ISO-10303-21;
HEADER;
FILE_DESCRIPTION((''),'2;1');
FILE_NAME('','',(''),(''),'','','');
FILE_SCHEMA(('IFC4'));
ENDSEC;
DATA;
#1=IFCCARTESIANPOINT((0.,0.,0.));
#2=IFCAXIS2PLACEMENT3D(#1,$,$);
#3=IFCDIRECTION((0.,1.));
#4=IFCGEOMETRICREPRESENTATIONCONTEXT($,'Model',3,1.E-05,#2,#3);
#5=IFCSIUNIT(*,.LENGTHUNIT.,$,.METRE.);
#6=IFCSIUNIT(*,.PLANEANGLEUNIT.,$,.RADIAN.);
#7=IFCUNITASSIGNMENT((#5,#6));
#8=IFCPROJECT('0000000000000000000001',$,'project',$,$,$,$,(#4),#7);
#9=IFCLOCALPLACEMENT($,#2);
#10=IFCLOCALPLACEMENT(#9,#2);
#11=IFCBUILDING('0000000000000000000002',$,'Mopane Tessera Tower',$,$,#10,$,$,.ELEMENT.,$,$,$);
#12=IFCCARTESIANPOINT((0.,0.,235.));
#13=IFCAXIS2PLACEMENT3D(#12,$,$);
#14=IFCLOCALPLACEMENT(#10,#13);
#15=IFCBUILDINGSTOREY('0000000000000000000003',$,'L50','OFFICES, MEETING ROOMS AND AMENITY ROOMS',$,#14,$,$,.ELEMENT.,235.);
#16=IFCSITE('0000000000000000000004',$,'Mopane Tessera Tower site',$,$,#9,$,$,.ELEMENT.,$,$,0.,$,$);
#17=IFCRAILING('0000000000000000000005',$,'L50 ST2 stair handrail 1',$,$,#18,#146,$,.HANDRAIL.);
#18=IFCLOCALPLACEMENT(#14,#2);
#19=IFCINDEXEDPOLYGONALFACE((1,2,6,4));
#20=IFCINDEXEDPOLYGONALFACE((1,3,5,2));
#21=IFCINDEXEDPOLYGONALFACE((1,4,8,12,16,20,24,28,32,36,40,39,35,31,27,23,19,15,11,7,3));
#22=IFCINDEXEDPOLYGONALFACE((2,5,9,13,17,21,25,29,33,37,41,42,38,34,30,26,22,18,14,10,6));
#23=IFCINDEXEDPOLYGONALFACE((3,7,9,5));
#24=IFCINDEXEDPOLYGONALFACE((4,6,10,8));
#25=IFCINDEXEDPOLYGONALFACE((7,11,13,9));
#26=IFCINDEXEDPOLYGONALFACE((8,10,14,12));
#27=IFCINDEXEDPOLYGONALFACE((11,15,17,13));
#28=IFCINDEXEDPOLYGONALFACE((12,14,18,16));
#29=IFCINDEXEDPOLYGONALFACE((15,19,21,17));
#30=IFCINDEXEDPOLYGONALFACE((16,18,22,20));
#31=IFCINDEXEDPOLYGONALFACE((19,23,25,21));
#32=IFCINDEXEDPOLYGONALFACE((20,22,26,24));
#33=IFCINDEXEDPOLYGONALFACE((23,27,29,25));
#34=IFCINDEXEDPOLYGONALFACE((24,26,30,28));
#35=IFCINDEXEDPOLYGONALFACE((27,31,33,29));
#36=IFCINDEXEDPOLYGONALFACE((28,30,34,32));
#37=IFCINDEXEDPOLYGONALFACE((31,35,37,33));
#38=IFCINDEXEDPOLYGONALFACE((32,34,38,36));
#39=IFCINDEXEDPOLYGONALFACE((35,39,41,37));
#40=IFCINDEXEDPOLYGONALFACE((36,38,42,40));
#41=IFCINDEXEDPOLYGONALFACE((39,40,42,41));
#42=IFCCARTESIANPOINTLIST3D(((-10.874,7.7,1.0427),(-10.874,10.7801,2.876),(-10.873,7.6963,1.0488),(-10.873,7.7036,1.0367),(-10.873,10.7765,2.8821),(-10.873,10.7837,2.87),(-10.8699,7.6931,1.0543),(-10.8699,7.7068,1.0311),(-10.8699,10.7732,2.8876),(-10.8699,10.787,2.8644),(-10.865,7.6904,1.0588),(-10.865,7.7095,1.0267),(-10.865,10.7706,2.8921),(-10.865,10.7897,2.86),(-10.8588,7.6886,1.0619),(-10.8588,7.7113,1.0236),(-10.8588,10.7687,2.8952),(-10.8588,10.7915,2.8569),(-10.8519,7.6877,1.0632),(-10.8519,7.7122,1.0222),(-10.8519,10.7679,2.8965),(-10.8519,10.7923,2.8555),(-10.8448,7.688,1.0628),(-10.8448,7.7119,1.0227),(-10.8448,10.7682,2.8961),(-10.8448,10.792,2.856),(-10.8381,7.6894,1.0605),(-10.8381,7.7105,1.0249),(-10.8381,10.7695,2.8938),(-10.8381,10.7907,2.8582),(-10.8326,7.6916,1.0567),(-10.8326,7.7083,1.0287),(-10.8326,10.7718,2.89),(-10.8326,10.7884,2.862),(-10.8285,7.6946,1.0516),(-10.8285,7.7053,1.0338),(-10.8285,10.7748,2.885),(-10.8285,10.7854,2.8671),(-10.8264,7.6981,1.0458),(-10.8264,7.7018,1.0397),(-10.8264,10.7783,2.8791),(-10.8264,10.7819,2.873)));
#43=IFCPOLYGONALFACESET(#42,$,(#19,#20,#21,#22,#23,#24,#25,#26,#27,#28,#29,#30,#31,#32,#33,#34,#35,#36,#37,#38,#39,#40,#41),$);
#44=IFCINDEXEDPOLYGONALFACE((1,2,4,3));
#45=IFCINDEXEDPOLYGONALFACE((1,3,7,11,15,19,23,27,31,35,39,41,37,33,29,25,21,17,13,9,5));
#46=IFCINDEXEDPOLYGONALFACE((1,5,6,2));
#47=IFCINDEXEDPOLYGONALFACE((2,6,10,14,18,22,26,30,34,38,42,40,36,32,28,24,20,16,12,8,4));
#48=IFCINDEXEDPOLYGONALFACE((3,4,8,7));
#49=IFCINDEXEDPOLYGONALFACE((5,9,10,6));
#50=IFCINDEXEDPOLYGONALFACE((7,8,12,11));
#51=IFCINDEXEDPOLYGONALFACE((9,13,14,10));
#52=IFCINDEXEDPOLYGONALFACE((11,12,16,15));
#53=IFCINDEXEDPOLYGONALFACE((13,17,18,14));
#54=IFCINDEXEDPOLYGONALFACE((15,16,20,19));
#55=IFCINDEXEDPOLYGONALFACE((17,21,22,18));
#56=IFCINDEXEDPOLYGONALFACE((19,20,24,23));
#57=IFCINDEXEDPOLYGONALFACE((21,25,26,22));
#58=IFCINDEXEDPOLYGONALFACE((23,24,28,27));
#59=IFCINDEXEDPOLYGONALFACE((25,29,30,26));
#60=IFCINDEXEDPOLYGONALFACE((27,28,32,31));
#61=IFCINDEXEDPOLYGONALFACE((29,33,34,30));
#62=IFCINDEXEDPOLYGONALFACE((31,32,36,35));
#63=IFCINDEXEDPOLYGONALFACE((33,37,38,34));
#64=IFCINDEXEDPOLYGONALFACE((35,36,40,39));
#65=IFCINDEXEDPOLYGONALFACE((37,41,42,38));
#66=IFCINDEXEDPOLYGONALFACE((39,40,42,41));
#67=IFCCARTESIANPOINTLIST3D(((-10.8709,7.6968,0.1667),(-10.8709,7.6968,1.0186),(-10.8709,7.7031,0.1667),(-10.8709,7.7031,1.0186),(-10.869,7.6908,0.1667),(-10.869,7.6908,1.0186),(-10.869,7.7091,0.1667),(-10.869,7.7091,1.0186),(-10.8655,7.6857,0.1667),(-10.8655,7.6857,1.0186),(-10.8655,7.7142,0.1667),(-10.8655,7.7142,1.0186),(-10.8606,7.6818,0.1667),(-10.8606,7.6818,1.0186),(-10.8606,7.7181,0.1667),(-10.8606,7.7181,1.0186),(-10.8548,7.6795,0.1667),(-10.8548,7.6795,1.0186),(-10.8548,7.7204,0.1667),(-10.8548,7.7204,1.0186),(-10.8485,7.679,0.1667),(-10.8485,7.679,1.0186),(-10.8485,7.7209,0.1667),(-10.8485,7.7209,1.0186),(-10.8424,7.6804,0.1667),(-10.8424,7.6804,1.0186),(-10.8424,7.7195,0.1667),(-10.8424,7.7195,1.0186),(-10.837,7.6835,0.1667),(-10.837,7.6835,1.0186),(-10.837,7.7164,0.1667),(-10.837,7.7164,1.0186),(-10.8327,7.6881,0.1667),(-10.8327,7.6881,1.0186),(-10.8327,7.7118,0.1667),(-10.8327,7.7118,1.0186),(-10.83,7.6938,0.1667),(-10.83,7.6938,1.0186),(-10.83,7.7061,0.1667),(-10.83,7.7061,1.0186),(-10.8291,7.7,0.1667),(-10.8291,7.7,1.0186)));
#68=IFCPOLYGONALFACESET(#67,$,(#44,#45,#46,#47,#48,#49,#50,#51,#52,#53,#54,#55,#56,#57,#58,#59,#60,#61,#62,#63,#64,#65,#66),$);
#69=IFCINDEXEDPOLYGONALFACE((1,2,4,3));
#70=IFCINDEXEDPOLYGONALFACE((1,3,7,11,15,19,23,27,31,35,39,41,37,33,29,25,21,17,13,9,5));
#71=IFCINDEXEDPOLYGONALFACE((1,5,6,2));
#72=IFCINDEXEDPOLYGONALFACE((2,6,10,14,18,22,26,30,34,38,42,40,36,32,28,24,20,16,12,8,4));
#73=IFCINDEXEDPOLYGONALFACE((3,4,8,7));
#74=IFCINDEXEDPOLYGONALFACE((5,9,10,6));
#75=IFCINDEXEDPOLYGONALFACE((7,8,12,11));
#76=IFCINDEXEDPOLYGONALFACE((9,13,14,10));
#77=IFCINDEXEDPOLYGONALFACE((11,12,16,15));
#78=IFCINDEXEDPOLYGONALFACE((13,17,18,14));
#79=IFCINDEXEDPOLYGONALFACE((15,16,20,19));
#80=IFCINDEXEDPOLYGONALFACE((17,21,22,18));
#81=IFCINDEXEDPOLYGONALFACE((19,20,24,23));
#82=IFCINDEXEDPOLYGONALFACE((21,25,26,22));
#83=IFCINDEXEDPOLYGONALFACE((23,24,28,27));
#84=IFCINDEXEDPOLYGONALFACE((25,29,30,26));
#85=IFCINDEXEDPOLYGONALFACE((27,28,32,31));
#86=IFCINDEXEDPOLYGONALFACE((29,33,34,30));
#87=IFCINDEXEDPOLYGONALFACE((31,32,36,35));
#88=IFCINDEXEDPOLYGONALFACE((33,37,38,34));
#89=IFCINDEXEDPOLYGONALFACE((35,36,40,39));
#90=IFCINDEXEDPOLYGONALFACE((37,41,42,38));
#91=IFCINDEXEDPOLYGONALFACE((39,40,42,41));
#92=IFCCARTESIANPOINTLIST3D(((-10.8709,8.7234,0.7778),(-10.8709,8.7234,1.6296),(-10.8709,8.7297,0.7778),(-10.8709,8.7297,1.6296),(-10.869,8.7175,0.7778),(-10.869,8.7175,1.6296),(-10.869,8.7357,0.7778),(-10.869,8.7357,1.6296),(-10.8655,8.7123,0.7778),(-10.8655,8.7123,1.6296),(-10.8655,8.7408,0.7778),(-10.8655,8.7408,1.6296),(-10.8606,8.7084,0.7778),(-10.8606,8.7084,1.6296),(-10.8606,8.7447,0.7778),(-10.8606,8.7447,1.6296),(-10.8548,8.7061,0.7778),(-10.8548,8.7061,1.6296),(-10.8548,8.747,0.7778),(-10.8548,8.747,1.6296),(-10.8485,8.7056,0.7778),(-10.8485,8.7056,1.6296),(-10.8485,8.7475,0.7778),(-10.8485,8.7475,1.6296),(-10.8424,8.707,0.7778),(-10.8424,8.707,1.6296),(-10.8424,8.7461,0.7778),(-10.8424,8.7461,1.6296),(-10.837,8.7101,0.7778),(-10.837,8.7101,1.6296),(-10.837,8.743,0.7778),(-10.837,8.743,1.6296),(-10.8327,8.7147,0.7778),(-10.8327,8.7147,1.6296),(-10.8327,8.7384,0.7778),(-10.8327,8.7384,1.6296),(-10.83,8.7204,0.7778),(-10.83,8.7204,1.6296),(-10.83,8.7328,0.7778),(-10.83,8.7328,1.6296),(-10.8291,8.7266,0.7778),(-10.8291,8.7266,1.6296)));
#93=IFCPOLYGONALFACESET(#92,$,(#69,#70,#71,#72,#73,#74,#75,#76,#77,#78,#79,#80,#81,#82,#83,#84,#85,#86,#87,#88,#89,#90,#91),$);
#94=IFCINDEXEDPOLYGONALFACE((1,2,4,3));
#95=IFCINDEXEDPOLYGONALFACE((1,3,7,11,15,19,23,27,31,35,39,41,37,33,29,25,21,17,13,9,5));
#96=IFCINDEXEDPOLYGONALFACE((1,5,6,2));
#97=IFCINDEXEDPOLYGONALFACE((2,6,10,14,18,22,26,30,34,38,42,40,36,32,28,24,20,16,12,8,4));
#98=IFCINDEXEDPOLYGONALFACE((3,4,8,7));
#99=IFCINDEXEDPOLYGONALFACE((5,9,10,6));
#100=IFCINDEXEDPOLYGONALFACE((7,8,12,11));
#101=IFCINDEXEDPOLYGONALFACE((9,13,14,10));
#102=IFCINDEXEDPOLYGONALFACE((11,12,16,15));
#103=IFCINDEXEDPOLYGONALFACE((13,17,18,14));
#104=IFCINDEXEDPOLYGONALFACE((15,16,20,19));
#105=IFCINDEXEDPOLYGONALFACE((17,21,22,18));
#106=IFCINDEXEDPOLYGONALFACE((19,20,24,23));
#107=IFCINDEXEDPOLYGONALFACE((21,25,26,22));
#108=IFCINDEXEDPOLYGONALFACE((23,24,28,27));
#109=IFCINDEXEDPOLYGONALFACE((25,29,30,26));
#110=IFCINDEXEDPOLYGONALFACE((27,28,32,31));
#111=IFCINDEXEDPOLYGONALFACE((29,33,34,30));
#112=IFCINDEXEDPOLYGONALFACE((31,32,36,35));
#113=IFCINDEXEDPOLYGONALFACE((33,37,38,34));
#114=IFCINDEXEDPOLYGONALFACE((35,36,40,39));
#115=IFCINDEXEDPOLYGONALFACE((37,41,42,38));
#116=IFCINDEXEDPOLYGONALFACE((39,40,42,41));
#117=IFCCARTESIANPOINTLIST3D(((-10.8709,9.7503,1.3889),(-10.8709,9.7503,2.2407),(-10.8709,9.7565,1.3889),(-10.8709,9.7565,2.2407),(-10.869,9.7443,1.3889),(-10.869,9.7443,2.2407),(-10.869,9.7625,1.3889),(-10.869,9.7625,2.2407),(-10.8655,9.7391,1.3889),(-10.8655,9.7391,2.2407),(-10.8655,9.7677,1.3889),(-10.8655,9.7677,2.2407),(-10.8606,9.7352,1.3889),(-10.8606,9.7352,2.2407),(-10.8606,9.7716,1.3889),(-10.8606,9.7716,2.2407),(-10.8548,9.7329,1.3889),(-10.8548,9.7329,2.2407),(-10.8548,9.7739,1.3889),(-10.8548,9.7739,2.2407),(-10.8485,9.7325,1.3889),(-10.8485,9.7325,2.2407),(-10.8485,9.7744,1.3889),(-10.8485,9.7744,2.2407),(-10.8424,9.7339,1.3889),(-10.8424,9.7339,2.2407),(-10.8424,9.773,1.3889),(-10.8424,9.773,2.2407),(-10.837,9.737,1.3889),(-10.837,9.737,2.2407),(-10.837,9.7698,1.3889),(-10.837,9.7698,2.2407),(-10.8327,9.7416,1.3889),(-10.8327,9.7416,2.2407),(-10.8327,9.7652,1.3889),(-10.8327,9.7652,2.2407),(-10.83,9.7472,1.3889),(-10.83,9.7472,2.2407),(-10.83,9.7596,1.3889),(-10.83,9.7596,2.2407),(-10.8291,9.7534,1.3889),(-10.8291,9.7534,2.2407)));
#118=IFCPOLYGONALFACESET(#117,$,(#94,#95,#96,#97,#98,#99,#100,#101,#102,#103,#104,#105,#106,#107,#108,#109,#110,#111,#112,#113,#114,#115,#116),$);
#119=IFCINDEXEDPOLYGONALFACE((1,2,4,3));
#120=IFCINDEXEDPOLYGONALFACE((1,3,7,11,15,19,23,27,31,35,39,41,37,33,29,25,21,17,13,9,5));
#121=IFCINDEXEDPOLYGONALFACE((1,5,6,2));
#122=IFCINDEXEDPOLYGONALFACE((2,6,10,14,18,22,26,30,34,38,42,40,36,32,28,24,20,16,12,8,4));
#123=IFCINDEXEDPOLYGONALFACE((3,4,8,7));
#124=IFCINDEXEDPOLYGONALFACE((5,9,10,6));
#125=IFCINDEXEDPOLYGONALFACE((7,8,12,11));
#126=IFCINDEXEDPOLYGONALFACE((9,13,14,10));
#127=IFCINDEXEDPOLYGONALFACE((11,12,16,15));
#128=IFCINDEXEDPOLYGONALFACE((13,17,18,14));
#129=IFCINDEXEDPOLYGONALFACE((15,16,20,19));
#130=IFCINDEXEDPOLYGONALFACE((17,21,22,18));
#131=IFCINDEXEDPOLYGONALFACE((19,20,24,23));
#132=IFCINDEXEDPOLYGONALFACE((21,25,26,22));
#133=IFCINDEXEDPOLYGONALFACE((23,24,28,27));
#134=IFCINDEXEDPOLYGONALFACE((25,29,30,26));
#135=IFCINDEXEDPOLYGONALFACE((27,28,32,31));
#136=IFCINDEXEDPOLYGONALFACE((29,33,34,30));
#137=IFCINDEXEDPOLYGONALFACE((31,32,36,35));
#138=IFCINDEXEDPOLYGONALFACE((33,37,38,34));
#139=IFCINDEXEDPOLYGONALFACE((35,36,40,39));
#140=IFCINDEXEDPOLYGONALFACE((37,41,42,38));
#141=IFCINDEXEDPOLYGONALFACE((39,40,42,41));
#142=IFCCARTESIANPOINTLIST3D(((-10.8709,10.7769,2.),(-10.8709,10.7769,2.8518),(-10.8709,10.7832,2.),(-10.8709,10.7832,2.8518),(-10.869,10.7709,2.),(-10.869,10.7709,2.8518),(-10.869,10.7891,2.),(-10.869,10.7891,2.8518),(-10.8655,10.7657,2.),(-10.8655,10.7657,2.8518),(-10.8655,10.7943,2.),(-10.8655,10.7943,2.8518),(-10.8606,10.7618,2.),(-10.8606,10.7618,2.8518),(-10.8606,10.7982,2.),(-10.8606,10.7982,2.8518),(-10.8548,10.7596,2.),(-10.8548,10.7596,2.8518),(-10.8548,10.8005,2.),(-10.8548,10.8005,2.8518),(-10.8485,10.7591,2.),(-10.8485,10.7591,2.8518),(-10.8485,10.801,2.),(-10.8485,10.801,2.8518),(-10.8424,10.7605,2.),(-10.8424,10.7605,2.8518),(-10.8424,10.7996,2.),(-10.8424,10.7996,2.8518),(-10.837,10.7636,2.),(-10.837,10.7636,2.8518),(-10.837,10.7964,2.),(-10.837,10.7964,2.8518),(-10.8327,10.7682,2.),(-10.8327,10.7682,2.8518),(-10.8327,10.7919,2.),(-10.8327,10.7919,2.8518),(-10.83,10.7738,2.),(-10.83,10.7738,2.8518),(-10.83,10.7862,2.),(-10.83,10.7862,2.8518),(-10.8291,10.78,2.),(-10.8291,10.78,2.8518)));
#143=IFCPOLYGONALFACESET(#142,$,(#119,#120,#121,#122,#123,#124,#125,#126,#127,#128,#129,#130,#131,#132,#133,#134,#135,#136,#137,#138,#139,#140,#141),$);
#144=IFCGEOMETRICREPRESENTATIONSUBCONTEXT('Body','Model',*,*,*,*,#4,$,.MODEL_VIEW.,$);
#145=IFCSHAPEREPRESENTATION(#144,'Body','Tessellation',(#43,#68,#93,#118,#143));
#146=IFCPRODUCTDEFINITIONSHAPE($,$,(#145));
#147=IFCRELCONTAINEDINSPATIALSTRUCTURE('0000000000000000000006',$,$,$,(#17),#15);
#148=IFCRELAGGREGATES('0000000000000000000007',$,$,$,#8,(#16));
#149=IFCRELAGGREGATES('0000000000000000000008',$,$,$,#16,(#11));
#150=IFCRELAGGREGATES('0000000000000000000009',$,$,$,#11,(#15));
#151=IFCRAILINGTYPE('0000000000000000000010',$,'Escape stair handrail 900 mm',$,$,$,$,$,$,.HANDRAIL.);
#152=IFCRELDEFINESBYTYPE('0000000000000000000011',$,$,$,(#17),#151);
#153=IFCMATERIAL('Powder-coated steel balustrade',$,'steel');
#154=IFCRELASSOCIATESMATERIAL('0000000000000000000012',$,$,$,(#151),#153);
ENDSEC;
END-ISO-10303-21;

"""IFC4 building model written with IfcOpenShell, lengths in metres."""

from ifc_helpers import new_model, si_unit, direction, frame, origin, origin_2d, place, context, subcontext, project, spatial, circle, extrude, material, type_object, element, save


model = new_model("IFC4")

# Units and contexts
model_context = context("Model", 3, precision=1e-05, world=origin(), true_north=direction((0.0, 1.0)))
body_context = subcontext(model_context, "Body", "Model", "MODEL_VIEW")
ifc_project = project(units=[si_unit("LENGTHUNIT", "METRE"), si_unit("PLANEANGLEUNIT", "RADIAN")], contexts=[model_context])

# Site, building, storey
site_placement = place(None, origin())
site = spatial("IfcSite", under=ifc_project, at=site_placement, Name="Mopane Tessera Tower site", CompositionType="ELEMENT", RefElevation=0.0)
building_placement = place(site_placement, origin())
building = spatial("IfcBuilding", under=site, at=building_placement, Name="Mopane Tessera Tower", CompositionType="ELEMENT")
storey_placement = place(building_placement, frame((0.0, 0.0, 235.0)))
storey = spatial("IfcBuildingStorey", under=building, at=storey_placement, Name="L50", Description="OFFICES, MEETING ROOMS AND AMENITY ROOMS", CompositionType="ELEMENT", Elevation=235.0)

# Railing
ifc_material_1 = material(Name="Powder-coated steel balustrade", Category="steel")
railing_type_1 = type_object("IfcRailingType", Name="Escape stair handrail 900 mm", PredefinedType="HANDRAIL", material=ifc_material_1)
railing_1_placement = place(storey_placement, frame((-10.8501, 7.7, 0.1667)))
element("IfcRailing", 1, at=railing_1_placement, inside=storey, type_object=railing_type_1, Name="L50 ST2 stair handrail 1", PredefinedType="HANDRAIL", context=body_context, shape_type="SweptSolid", body=[
    extrude(circle(Radius=0.0239, at=origin_2d()), frame((0.0, 0.0, 0.876), z_axis=(0.0, 0.859309, 0.511458), x_axis=(-1.0, 0.0, 0.0)), (0.0, 0.0, 1.0), 3.5845),
    extrude(circle(Radius=0.021, at=origin_2d()), origin(), (0.0, 0.0, 1.0), 0.8518),
    extrude(circle(Radius=0.021, at=origin_2d()), frame((0.0, 1.0266, 0.6111)), (0.0, 0.0, 1.0), 0.8518),
    extrude(circle(Radius=0.021, at=origin_2d()), frame((0.0, 2.0535, 1.2222)), (0.0, 0.0, 1.0), 0.8518),
    extrude(circle(Radius=0.021, at=origin_2d()), frame((0.0, 3.0801, 1.8333)), (0.0, 0.0, 1.0), 0.8518),
])

save(model, "model.ifc")
